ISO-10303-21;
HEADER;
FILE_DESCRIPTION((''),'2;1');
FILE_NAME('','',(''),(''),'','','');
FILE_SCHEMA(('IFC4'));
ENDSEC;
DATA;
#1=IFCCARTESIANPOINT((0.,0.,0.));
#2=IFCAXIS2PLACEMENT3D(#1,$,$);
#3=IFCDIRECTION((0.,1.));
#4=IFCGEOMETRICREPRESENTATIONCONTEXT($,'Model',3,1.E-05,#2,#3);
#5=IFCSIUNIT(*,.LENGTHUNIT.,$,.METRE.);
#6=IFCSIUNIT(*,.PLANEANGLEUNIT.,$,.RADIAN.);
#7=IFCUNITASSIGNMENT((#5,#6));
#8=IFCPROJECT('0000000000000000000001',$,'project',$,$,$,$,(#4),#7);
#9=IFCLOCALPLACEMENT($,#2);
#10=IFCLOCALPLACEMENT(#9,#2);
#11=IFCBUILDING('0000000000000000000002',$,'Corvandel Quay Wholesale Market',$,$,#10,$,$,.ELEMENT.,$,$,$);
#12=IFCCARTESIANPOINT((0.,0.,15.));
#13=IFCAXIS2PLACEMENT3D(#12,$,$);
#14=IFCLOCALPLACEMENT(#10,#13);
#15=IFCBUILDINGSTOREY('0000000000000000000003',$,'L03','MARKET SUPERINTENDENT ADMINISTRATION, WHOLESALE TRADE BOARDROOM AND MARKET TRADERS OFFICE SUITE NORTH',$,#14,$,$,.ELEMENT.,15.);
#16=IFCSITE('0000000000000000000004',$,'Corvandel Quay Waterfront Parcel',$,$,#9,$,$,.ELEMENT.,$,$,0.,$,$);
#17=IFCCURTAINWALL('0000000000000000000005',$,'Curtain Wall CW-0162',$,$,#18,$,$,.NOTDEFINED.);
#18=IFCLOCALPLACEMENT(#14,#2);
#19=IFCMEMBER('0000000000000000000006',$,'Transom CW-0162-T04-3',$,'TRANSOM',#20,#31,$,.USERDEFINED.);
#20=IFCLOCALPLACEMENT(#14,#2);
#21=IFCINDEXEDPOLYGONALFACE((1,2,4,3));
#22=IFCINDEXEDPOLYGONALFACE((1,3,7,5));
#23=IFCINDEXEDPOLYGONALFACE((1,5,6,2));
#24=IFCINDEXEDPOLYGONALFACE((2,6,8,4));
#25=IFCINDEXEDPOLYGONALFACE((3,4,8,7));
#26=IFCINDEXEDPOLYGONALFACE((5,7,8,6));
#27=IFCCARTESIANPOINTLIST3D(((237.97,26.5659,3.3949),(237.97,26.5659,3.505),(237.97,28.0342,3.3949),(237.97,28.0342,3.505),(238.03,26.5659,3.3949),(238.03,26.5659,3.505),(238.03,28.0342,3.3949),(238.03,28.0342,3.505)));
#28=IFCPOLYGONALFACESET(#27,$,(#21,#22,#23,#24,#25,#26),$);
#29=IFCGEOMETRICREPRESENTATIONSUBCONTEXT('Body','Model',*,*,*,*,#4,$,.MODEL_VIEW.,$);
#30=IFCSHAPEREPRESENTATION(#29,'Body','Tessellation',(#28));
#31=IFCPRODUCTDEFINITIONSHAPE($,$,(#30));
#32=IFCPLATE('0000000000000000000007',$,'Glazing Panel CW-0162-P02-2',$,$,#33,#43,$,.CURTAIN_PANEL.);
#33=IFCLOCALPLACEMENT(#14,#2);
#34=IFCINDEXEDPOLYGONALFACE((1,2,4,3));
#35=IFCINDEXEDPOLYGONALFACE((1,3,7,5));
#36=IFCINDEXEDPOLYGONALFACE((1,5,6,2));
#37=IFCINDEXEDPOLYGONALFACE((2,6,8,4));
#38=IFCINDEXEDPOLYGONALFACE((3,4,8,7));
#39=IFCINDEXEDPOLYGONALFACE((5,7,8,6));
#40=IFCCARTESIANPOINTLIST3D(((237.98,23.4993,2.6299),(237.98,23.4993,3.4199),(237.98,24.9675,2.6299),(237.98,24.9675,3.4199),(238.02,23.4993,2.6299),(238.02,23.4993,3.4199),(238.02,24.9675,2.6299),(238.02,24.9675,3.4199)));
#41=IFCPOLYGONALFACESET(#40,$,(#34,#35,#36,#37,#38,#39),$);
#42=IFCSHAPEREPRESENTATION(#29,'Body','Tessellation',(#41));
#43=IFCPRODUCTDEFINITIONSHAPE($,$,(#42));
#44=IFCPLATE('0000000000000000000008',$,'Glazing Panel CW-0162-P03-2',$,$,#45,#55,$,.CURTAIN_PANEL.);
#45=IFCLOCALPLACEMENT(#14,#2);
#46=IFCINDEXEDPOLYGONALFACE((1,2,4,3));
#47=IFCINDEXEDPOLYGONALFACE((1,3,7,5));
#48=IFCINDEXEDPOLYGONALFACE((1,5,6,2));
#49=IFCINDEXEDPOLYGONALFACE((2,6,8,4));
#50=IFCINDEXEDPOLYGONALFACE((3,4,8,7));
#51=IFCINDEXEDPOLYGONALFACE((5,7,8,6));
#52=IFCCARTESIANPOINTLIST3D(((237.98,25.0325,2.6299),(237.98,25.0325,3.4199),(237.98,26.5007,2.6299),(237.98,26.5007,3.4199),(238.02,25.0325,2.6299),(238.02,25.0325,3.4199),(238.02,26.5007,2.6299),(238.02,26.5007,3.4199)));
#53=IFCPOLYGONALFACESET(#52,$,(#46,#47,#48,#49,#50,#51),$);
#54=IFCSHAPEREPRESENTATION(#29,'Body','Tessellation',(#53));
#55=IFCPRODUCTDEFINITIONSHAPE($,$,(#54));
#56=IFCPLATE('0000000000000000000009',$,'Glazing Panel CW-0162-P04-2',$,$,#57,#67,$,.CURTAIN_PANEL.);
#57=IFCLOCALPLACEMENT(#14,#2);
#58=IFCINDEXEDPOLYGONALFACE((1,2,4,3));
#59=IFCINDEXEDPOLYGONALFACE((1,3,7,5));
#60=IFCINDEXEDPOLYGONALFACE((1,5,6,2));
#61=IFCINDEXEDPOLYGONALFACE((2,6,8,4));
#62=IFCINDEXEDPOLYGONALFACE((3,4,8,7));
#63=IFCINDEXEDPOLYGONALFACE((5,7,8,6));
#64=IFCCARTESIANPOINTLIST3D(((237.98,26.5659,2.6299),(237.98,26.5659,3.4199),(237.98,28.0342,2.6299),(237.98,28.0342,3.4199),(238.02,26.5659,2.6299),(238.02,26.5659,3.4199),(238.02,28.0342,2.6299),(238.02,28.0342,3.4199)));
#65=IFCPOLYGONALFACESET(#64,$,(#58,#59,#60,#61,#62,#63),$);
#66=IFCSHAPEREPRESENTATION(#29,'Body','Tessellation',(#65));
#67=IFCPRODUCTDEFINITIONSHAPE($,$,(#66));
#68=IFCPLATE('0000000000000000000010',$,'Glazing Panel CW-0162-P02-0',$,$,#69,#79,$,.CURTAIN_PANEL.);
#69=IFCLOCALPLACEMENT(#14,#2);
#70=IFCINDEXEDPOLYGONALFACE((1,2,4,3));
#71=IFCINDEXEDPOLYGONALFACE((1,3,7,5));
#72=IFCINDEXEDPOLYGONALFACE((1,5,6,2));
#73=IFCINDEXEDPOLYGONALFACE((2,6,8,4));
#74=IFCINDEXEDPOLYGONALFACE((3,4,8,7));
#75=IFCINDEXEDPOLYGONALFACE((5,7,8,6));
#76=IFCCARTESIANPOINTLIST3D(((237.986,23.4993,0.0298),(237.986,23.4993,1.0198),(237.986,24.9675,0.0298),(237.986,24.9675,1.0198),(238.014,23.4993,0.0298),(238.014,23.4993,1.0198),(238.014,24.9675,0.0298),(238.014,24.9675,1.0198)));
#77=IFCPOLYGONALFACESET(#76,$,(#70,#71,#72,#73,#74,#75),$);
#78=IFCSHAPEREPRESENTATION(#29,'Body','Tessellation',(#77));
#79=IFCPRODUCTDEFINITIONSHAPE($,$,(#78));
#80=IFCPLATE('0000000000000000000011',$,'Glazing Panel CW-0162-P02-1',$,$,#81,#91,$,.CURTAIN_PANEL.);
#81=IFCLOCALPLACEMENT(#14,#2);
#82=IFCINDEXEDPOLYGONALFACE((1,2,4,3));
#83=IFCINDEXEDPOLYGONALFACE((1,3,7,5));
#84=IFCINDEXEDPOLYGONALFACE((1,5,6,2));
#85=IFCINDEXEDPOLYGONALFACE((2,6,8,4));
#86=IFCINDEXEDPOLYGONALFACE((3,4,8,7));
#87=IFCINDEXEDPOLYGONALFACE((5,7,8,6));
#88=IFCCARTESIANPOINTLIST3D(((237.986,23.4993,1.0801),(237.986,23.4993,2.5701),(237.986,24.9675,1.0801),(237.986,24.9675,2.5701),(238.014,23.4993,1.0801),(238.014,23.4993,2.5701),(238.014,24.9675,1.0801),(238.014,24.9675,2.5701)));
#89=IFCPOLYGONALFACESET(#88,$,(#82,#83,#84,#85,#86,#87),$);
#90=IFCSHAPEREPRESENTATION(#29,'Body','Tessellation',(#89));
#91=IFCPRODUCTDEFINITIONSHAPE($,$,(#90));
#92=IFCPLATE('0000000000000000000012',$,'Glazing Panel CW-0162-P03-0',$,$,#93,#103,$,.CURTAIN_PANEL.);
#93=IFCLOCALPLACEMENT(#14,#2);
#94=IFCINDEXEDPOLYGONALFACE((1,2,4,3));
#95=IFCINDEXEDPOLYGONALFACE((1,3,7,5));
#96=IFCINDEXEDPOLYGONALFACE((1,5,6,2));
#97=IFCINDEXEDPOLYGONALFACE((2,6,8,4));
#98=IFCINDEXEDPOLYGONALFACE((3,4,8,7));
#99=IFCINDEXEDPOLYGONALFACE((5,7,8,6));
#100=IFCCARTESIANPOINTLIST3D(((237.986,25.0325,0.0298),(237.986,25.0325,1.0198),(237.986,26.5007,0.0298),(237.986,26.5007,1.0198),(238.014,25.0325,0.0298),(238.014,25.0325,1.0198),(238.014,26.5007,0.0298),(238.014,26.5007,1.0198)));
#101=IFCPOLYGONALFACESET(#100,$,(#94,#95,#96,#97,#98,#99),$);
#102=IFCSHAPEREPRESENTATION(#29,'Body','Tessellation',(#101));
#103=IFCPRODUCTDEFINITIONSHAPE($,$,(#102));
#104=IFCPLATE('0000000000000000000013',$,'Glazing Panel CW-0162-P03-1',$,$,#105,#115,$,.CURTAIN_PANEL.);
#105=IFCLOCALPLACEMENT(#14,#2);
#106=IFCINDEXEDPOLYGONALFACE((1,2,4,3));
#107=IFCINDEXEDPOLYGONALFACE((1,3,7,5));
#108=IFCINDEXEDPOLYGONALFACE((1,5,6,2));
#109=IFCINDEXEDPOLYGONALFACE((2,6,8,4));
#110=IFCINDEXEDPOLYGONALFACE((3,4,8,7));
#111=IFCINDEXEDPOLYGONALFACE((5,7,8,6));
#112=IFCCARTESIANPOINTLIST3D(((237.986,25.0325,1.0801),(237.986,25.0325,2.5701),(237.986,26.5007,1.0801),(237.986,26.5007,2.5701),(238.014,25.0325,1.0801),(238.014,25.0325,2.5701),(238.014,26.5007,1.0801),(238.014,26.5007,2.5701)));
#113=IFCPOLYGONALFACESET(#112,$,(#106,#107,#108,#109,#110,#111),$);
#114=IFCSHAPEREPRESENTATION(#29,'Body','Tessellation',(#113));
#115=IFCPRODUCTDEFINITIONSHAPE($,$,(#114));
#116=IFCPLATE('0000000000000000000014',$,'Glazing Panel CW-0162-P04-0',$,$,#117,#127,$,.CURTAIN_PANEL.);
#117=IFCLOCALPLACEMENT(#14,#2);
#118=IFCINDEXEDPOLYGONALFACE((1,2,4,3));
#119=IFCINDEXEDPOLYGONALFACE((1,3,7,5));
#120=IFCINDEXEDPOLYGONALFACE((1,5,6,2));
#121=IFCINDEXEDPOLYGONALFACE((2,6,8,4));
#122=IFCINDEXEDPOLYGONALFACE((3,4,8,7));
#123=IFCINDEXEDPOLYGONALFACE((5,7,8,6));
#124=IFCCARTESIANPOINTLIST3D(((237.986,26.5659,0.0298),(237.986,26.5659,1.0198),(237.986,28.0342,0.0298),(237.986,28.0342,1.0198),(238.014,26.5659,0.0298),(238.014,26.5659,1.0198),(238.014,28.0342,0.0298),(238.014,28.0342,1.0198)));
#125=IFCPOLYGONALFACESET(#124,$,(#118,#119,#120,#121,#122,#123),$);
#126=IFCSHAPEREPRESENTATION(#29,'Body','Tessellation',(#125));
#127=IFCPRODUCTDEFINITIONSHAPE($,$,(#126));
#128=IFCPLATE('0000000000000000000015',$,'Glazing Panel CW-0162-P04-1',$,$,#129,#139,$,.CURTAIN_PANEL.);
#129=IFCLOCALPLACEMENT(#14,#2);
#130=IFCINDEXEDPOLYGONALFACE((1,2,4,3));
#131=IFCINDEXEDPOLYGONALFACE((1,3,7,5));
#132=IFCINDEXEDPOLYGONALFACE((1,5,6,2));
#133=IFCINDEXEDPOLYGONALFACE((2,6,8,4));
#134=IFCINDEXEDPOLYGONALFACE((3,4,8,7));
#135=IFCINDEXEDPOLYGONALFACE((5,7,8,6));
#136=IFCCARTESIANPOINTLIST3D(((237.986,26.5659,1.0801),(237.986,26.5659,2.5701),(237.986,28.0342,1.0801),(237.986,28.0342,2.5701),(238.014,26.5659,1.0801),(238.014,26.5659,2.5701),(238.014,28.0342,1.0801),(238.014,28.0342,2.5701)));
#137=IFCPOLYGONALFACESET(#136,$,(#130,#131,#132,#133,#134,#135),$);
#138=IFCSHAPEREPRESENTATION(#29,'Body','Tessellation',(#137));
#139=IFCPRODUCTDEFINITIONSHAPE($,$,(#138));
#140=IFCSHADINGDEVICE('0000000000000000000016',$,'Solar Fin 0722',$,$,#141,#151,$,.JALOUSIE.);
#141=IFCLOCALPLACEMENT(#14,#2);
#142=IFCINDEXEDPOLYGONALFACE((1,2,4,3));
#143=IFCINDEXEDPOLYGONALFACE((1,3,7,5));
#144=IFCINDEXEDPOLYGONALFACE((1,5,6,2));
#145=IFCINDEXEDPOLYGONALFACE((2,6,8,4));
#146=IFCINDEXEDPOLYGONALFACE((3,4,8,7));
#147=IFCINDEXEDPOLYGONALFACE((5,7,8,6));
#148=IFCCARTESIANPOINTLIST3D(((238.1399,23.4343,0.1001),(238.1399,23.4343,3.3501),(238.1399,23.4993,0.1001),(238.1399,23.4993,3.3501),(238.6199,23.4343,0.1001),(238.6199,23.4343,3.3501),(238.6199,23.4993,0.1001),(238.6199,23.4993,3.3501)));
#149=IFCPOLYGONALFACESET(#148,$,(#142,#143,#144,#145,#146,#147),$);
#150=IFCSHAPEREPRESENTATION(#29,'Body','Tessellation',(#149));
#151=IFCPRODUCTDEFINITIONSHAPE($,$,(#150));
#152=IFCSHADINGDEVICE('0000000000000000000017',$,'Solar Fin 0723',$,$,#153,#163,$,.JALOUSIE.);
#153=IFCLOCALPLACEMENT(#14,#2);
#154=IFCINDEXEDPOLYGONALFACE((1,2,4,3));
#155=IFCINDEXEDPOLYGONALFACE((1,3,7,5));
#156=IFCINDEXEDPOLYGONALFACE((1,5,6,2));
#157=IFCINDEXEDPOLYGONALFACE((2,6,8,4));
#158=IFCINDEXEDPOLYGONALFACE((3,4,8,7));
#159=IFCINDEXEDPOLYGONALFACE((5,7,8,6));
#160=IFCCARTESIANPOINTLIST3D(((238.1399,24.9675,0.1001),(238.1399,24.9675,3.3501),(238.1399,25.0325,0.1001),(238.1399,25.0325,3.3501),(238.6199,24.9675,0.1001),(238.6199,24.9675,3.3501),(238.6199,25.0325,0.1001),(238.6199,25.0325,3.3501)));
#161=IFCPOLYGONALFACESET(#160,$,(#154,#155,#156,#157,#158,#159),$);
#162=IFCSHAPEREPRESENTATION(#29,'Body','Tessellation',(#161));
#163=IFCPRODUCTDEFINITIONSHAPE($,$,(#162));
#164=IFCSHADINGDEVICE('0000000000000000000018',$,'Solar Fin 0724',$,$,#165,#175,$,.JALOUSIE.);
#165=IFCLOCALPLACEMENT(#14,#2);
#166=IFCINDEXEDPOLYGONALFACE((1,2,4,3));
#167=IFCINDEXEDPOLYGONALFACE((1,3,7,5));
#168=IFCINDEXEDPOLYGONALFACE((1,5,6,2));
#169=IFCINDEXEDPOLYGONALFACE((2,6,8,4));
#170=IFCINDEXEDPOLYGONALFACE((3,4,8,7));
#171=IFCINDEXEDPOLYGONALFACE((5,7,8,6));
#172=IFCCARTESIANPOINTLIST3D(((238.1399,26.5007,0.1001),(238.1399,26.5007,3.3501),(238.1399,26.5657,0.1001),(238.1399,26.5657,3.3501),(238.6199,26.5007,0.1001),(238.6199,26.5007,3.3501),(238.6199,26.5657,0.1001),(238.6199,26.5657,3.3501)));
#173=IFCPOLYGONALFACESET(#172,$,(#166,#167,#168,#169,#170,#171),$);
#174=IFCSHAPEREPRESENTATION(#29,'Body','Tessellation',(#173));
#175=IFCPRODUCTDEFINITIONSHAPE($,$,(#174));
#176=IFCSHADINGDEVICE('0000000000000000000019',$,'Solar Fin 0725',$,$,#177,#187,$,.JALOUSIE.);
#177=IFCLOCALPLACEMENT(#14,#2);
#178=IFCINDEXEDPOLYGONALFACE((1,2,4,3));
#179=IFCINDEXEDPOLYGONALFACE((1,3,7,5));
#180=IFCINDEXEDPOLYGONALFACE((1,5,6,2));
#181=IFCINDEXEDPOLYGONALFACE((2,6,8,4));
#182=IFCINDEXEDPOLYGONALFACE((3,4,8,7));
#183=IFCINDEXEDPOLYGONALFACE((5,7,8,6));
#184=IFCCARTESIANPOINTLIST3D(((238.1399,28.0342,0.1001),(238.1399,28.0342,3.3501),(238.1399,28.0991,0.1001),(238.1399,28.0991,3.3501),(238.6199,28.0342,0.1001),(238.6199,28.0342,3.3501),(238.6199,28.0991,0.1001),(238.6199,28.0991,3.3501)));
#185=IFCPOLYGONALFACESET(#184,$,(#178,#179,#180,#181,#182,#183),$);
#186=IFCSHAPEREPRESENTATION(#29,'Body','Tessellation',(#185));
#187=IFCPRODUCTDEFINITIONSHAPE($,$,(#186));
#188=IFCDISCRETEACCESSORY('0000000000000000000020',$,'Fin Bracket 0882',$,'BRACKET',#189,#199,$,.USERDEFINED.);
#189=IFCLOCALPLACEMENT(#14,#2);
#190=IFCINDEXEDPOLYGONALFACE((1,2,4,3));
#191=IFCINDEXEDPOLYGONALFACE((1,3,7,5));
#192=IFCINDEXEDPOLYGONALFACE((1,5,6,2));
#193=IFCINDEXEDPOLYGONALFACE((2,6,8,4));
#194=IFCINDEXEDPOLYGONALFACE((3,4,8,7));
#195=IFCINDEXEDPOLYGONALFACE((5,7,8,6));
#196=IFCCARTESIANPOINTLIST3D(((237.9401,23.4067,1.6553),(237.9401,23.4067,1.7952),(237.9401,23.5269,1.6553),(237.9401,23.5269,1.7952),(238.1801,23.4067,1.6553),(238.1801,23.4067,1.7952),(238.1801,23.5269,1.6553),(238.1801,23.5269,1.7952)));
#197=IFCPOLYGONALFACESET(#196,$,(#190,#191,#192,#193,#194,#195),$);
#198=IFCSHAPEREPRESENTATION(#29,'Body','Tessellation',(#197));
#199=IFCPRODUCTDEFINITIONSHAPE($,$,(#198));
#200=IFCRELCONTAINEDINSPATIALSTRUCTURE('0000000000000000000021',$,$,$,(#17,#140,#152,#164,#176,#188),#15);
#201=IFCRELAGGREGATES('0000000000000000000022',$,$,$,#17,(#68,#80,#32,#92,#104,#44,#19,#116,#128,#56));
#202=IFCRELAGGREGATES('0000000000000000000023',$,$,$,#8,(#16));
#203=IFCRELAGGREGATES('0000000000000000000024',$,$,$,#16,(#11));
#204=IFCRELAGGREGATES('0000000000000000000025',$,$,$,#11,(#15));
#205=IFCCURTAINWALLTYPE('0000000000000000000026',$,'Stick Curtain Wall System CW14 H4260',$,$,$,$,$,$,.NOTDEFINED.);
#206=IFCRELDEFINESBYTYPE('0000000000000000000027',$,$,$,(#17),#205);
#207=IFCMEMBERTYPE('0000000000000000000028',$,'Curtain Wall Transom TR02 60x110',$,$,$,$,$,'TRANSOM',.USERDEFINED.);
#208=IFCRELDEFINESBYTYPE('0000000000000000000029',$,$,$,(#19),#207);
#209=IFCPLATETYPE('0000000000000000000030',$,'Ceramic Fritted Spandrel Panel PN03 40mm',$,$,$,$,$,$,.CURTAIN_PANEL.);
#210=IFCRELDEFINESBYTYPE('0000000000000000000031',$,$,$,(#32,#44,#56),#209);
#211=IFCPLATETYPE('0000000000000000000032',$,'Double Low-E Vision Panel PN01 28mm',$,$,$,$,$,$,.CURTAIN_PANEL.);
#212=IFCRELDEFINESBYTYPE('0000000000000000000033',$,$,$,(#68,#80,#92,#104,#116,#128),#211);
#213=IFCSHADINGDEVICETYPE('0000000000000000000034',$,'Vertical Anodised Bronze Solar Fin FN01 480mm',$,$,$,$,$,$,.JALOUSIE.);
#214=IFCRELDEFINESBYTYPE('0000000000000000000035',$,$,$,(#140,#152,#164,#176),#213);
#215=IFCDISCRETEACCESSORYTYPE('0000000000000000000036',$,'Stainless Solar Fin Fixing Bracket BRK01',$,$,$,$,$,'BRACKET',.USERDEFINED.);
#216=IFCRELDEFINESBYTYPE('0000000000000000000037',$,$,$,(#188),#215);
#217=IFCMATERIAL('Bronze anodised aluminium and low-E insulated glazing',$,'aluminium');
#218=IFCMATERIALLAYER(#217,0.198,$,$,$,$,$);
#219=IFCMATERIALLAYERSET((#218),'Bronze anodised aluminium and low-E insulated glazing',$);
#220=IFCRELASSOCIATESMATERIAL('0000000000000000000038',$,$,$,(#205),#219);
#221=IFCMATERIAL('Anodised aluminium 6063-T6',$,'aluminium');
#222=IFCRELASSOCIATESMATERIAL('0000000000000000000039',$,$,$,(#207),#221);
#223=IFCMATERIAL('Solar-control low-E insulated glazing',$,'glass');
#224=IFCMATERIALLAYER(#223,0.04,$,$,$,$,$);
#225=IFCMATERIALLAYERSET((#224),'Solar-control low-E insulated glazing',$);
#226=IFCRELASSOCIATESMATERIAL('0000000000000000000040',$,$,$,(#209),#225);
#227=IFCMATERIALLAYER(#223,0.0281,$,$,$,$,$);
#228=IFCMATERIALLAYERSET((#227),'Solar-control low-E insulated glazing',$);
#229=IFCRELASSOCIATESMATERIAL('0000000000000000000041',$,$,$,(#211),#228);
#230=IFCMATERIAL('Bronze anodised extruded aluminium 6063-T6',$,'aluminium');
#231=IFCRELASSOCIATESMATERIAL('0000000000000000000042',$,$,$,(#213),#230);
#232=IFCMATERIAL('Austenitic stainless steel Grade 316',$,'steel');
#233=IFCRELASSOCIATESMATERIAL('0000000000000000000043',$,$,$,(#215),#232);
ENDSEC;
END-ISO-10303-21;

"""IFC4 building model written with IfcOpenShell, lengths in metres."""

from ifc_helpers import new_model, si_unit, direction, frame, origin, origin_2d, place, context, subcontext, project, spatial, rectangle, extrude, material, layer, layer_set, material_profile, profile_set, type_object, element, aggregate, save


model = new_model("IFC4")

# Units and contexts
model_context = context("Model", 3, precision=1e-05, world=origin(), true_north=direction((0.0, 1.0)))
body_context = subcontext(model_context, "Body", "Model", "MODEL_VIEW")
ifc_project = project(units=[si_unit("LENGTHUNIT", "METRE"), si_unit("PLANEANGLEUNIT", "RADIAN")], contexts=[model_context])

# Site, building, storey
site_placement = place(None, origin())
site = spatial("IfcSite", under=ifc_project, at=site_placement, Name="Corvandel Quay Waterfront Parcel", CompositionType="ELEMENT", RefElevation=0.0)
building_placement = place(site_placement, origin())
building = spatial("IfcBuilding", under=site, at=building_placement, Name="Corvandel Quay Wholesale Market", CompositionType="ELEMENT")
storey_placement = place(building_placement, frame((0.0, 0.0, 15.0)))
storey = spatial("IfcBuildingStorey", under=building, at=storey_placement, Name="L03", Description="MARKET SUPERINTENDENT ADMINISTRATION, WHOLESALE TRADE BOARDROOM AND MARKET TRADERS OFFICE SUITE NORTH", CompositionType="ELEMENT", Elevation=15.0)

# Curtain wall, member, plates
ifc_material_1 = material(Name="Bronze anodised aluminium and low-E insulated glazing", Category="aluminium")
ifc_layer_1 = layer(ifc_material_1, 0.198)
ifc_layer_set_1 = layer_set([ifc_layer_1], Name="Bronze anodised aluminium and low-E insulated glazing")
curtain_wall_type = type_object("IfcCurtainWallType", Name="Stick Curtain Wall System CW14 H4260", PredefinedType="NOTDEFINED", material=ifc_layer_set_1)
curtain_wall_placement = place(storey_placement, origin())
curtain_wall = element("IfcCurtainWall", 1, at=curtain_wall_placement, inside=storey, type_object=curtain_wall_type, Name="Curtain Wall CW-0162", PredefinedType="NOTDEFINED")
ifc_material_2 = material(Name="Anodised aluminium 6063-T6", Category="aluminium")
ifc_material_profile_1 = material_profile(ifc_material_2, rectangle(XDim=0.0601, YDim=0.1101, at=origin_2d()), Name="ALU-TRN-60x110")
ifc_profile_set_1 = profile_set([ifc_material_profile_1], Name="Anodised aluminium 6063-T6")
member_type_1 = type_object("IfcMemberType", Name="Curtain Wall Transom TR02 60x110", ElementType="TRANSOM", PredefinedType="USERDEFINED", material=ifc_profile_set_1)
member_1_placement = place(storey_placement, frame((238.0, 26.5659, 3.45), z_axis=(0.0, 1.0, 0.0), x_axis=(-1.0, 0.0, 0.0)))
member_1 = element("IfcMember", 2, at=member_1_placement, type_object=member_type_1, Name="Transom CW-0162-T04-3", ObjectType="TRANSOM", PredefinedType="USERDEFINED", context=body_context, shape_type="SweptSolid", body=[
    extrude(rectangle(XDim=0.0601, YDim=0.1101, at=origin_2d()), origin(), (0.0, 0.0, 1.0), 1.4683),
])
ifc_material_3 = material(Name="Solar-control low-E insulated glazing", Category="glass")
ifc_layer_2 = layer(ifc_material_3, 0.04)
ifc_layer_set_2 = layer_set([ifc_layer_2], Name="Solar-control low-E insulated glazing")
plate_type_1 = type_object("IfcPlateType", Name="Ceramic Fritted Spandrel Panel PN03 40mm", PredefinedType="CURTAIN_PANEL", material=ifc_layer_set_2)
plate_1_placement = place(storey_placement, frame((238.0, 24.2334, 2.6299), z_axis=(0.0, 0.0, 1.0), x_axis=(0.0, 1.0, 0.0)))
plate_1 = element("IfcPlate", 3, at=plate_1_placement, type_object=plate_type_1, Name="Glazing Panel CW-0162-P02-2", PredefinedType="CURTAIN_PANEL", context=body_context, shape_type="SweptSolid", body=[
    extrude(rectangle(XDim=1.4683, YDim=0.04, at=origin_2d()), origin(), (0.0, 0.0, 1.0), 0.79),
])
plate_2_placement = place(storey_placement, frame((238.0, 25.7666, 2.6299), z_axis=(0.0, 0.0, 1.0), x_axis=(0.0, 1.0, 0.0)))
plate_2 = element("IfcPlate", 4, at=plate_2_placement, type_object=plate_type_1, Name="Glazing Panel CW-0162-P03-2", PredefinedType="CURTAIN_PANEL", context=body_context, shape_type="SweptSolid", body=[
    extrude(rectangle(XDim=1.4683, YDim=0.04, at=origin_2d()), origin(), (0.0, 0.0, 1.0), 0.79),
])
plate_3_placement = place(storey_placement, frame((238.0, 27.3, 2.6299), z_axis=(0.0, 0.0, 1.0), x_axis=(0.0, 1.0, 0.0)))
plate_3 = element("IfcPlate", 5, at=plate_3_placement, type_object=plate_type_1, Name="Glazing Panel CW-0162-P04-2", PredefinedType="CURTAIN_PANEL", context=body_context, shape_type="SweptSolid", body=[
    extrude(rectangle(XDim=1.4683, YDim=0.04, at=origin_2d()), origin(), (0.0, 0.0, 1.0), 0.79),
])
ifc_layer_3 = layer(ifc_material_3, 0.0281)
ifc_layer_set_3 = layer_set([ifc_layer_3], Name="Solar-control low-E insulated glazing")
plate_type_2 = type_object("IfcPlateType", Name="Double Low-E Vision Panel PN01 28mm", PredefinedType="CURTAIN_PANEL", material=ifc_layer_set_3)
plate_4_placement = place(storey_placement, frame((238.0, 24.2334, 0.0298), z_axis=(0.0, 0.0, 1.0), x_axis=(0.0, 1.0, 0.0)))
plate_4 = element("IfcPlate", 6, at=plate_4_placement, type_object=plate_type_2, Name="Glazing Panel CW-0162-P02-0", PredefinedType="CURTAIN_PANEL", context=body_context, shape_type="SweptSolid", body=[
    extrude(rectangle(XDim=1.4683, YDim=0.0281, at=origin_2d()), origin(), (0.0, 0.0, 1.0), 0.99),
])
plate_5_placement = place(storey_placement, frame((238.0, 24.2334, 1.0801), z_axis=(0.0, 0.0, 1.0), x_axis=(0.0, 1.0, 0.0)))
plate_5 = element("IfcPlate", 7, at=plate_5_placement, type_object=plate_type_2, Name="Glazing Panel CW-0162-P02-1", PredefinedType="CURTAIN_PANEL", context=body_context, shape_type="SweptSolid", body=[
    extrude(rectangle(XDim=1.4683, YDim=0.0281, at=origin_2d()), origin(), (0.0, 0.0, 1.0), 1.49),
])
plate_6_placement = place(storey_placement, frame((238.0, 25.7666, 0.0298), z_axis=(0.0, 0.0, 1.0), x_axis=(0.0, 1.0, 0.0)))
plate_6 = element("IfcPlate", 8, at=plate_6_placement, type_object=plate_type_2, Name="Glazing Panel CW-0162-P03-0", PredefinedType="CURTAIN_PANEL", context=body_context, shape_type="SweptSolid", body=[
    extrude(rectangle(XDim=1.4683, YDim=0.0281, at=origin_2d()), origin(), (0.0, 0.0, 1.0), 0.99),
])
plate_7_placement = place(storey_placement, frame((238.0, 25.7666, 1.0801), z_axis=(0.0, 0.0, 1.0), x_axis=(0.0, 1.0, 0.0)))
plate_7 = element("IfcPlate", 9, at=plate_7_placement, type_object=plate_type_2, Name="Glazing Panel CW-0162-P03-1", PredefinedType="CURTAIN_PANEL", context=body_context, shape_type="SweptSolid", body=[
    extrude(rectangle(XDim=1.4683, YDim=0.0281, at=origin_2d()), origin(), (0.0, 0.0, 1.0), 1.49),
])
plate_8_placement = place(storey_placement, frame((238.0, 27.3, 0.0298), z_axis=(0.0, 0.0, 1.0), x_axis=(0.0, 1.0, 0.0)))
plate_8 = element("IfcPlate", 10, at=plate_8_placement, type_object=plate_type_2, Name="Glazing Panel CW-0162-P04-0", PredefinedType="CURTAIN_PANEL", context=body_context, shape_type="SweptSolid", body=[
    extrude(rectangle(XDim=1.4683, YDim=0.0281, at=origin_2d()), origin(), (0.0, 0.0, 1.0), 0.99),
])
plate_9_placement = place(storey_placement, frame((238.0, 27.3, 1.0801), z_axis=(0.0, 0.0, 1.0), x_axis=(0.0, 1.0, 0.0)))
plate_9 = element("IfcPlate", 11, at=plate_9_placement, type_object=plate_type_2, Name="Glazing Panel CW-0162-P04-1", PredefinedType="CURTAIN_PANEL", context=body_context, shape_type="SweptSolid", body=[
    extrude(rectangle(XDim=1.4683, YDim=0.0281, at=origin_2d()), origin(), (0.0, 0.0, 1.0), 1.49),
])
aggregate(curtain_wall, [plate_4, plate_5, plate_1, plate_6, plate_7, plate_2, member_1, plate_8, plate_9, plate_3])

# Shading devices
ifc_material_4 = material(Name="Bronze anodised extruded aluminium 6063-T6", Category="aluminium")
shading_device_type = type_object("IfcShadingDeviceType", Name="Vertical Anodised Bronze Solar Fin FN01 480mm", PredefinedType="JALOUSIE", material=ifc_material_4)
for number, where, z_axis, x_axis, name in (
    (12, (238.3799, 23.4668, 0.1001), (0.0, 0.0, 1.0), (1.0, 0.0, 0.0), "Solar Fin 0722"),
    (13, (238.3799, 25.0, 0.1001), (0.0, 0.0, 1.0), (1.0, 0.0, 0.0), "Solar Fin 0723"),
    (14, (238.3799, 26.5332, 0.1001), (0.0, 0.0, 1.0), (1.0, 0.0, 0.0), "Solar Fin 0724"),
    (15, (238.3799, 28.0667, 0.1001), (0.0, 0.0, 1.0), (1.0, 0.0, 0.0), "Solar Fin 0725"),
):
    element("IfcShadingDevice", number, at=place(storey_placement, frame(where, z_axis=z_axis, x_axis=x_axis)), inside=storey, type_object=shading_device_type, Name=name, PredefinedType="JALOUSIE", context=body_context, shape_type="SweptSolid", body=[
        extrude(rectangle(XDim=0.48, YDim=0.0649, at=origin_2d()), origin(), (0.0, 0.0, 1.0), 3.25),
    ])

# Discrete accessory
ifc_material_5 = material(Name="Austenitic stainless steel Grade 316", Category="steel")
discrete_accessory_type = type_object("IfcDiscreteAccessoryType", Name="Stainless Solar Fin Fixing Bracket BRK01", ElementType="BRACKET", PredefinedType="USERDEFINED", material=ifc_material_5)
for number, where, z_axis, x_axis, name in (
    (16, (238.0601, 23.4668, 1.6553), (0.0, 0.0, 1.0), (1.0, 0.0, 0.0), "Fin Bracket 0882"),
):
    element("IfcDiscreteAccessory", number, at=place(storey_placement, frame(where, z_axis=z_axis, x_axis=x_axis)), inside=storey, type_object=discrete_accessory_type, Name=name, ObjectType="BRACKET", PredefinedType="USERDEFINED", context=body_context, shape_type="SweptSolid", body=[
        extrude(rectangle(XDim=0.24, YDim=0.1201, at=origin_2d()), origin(), (0.0, 0.0, 1.0), 0.1399),
    ])

save(model, "model.ifc")
